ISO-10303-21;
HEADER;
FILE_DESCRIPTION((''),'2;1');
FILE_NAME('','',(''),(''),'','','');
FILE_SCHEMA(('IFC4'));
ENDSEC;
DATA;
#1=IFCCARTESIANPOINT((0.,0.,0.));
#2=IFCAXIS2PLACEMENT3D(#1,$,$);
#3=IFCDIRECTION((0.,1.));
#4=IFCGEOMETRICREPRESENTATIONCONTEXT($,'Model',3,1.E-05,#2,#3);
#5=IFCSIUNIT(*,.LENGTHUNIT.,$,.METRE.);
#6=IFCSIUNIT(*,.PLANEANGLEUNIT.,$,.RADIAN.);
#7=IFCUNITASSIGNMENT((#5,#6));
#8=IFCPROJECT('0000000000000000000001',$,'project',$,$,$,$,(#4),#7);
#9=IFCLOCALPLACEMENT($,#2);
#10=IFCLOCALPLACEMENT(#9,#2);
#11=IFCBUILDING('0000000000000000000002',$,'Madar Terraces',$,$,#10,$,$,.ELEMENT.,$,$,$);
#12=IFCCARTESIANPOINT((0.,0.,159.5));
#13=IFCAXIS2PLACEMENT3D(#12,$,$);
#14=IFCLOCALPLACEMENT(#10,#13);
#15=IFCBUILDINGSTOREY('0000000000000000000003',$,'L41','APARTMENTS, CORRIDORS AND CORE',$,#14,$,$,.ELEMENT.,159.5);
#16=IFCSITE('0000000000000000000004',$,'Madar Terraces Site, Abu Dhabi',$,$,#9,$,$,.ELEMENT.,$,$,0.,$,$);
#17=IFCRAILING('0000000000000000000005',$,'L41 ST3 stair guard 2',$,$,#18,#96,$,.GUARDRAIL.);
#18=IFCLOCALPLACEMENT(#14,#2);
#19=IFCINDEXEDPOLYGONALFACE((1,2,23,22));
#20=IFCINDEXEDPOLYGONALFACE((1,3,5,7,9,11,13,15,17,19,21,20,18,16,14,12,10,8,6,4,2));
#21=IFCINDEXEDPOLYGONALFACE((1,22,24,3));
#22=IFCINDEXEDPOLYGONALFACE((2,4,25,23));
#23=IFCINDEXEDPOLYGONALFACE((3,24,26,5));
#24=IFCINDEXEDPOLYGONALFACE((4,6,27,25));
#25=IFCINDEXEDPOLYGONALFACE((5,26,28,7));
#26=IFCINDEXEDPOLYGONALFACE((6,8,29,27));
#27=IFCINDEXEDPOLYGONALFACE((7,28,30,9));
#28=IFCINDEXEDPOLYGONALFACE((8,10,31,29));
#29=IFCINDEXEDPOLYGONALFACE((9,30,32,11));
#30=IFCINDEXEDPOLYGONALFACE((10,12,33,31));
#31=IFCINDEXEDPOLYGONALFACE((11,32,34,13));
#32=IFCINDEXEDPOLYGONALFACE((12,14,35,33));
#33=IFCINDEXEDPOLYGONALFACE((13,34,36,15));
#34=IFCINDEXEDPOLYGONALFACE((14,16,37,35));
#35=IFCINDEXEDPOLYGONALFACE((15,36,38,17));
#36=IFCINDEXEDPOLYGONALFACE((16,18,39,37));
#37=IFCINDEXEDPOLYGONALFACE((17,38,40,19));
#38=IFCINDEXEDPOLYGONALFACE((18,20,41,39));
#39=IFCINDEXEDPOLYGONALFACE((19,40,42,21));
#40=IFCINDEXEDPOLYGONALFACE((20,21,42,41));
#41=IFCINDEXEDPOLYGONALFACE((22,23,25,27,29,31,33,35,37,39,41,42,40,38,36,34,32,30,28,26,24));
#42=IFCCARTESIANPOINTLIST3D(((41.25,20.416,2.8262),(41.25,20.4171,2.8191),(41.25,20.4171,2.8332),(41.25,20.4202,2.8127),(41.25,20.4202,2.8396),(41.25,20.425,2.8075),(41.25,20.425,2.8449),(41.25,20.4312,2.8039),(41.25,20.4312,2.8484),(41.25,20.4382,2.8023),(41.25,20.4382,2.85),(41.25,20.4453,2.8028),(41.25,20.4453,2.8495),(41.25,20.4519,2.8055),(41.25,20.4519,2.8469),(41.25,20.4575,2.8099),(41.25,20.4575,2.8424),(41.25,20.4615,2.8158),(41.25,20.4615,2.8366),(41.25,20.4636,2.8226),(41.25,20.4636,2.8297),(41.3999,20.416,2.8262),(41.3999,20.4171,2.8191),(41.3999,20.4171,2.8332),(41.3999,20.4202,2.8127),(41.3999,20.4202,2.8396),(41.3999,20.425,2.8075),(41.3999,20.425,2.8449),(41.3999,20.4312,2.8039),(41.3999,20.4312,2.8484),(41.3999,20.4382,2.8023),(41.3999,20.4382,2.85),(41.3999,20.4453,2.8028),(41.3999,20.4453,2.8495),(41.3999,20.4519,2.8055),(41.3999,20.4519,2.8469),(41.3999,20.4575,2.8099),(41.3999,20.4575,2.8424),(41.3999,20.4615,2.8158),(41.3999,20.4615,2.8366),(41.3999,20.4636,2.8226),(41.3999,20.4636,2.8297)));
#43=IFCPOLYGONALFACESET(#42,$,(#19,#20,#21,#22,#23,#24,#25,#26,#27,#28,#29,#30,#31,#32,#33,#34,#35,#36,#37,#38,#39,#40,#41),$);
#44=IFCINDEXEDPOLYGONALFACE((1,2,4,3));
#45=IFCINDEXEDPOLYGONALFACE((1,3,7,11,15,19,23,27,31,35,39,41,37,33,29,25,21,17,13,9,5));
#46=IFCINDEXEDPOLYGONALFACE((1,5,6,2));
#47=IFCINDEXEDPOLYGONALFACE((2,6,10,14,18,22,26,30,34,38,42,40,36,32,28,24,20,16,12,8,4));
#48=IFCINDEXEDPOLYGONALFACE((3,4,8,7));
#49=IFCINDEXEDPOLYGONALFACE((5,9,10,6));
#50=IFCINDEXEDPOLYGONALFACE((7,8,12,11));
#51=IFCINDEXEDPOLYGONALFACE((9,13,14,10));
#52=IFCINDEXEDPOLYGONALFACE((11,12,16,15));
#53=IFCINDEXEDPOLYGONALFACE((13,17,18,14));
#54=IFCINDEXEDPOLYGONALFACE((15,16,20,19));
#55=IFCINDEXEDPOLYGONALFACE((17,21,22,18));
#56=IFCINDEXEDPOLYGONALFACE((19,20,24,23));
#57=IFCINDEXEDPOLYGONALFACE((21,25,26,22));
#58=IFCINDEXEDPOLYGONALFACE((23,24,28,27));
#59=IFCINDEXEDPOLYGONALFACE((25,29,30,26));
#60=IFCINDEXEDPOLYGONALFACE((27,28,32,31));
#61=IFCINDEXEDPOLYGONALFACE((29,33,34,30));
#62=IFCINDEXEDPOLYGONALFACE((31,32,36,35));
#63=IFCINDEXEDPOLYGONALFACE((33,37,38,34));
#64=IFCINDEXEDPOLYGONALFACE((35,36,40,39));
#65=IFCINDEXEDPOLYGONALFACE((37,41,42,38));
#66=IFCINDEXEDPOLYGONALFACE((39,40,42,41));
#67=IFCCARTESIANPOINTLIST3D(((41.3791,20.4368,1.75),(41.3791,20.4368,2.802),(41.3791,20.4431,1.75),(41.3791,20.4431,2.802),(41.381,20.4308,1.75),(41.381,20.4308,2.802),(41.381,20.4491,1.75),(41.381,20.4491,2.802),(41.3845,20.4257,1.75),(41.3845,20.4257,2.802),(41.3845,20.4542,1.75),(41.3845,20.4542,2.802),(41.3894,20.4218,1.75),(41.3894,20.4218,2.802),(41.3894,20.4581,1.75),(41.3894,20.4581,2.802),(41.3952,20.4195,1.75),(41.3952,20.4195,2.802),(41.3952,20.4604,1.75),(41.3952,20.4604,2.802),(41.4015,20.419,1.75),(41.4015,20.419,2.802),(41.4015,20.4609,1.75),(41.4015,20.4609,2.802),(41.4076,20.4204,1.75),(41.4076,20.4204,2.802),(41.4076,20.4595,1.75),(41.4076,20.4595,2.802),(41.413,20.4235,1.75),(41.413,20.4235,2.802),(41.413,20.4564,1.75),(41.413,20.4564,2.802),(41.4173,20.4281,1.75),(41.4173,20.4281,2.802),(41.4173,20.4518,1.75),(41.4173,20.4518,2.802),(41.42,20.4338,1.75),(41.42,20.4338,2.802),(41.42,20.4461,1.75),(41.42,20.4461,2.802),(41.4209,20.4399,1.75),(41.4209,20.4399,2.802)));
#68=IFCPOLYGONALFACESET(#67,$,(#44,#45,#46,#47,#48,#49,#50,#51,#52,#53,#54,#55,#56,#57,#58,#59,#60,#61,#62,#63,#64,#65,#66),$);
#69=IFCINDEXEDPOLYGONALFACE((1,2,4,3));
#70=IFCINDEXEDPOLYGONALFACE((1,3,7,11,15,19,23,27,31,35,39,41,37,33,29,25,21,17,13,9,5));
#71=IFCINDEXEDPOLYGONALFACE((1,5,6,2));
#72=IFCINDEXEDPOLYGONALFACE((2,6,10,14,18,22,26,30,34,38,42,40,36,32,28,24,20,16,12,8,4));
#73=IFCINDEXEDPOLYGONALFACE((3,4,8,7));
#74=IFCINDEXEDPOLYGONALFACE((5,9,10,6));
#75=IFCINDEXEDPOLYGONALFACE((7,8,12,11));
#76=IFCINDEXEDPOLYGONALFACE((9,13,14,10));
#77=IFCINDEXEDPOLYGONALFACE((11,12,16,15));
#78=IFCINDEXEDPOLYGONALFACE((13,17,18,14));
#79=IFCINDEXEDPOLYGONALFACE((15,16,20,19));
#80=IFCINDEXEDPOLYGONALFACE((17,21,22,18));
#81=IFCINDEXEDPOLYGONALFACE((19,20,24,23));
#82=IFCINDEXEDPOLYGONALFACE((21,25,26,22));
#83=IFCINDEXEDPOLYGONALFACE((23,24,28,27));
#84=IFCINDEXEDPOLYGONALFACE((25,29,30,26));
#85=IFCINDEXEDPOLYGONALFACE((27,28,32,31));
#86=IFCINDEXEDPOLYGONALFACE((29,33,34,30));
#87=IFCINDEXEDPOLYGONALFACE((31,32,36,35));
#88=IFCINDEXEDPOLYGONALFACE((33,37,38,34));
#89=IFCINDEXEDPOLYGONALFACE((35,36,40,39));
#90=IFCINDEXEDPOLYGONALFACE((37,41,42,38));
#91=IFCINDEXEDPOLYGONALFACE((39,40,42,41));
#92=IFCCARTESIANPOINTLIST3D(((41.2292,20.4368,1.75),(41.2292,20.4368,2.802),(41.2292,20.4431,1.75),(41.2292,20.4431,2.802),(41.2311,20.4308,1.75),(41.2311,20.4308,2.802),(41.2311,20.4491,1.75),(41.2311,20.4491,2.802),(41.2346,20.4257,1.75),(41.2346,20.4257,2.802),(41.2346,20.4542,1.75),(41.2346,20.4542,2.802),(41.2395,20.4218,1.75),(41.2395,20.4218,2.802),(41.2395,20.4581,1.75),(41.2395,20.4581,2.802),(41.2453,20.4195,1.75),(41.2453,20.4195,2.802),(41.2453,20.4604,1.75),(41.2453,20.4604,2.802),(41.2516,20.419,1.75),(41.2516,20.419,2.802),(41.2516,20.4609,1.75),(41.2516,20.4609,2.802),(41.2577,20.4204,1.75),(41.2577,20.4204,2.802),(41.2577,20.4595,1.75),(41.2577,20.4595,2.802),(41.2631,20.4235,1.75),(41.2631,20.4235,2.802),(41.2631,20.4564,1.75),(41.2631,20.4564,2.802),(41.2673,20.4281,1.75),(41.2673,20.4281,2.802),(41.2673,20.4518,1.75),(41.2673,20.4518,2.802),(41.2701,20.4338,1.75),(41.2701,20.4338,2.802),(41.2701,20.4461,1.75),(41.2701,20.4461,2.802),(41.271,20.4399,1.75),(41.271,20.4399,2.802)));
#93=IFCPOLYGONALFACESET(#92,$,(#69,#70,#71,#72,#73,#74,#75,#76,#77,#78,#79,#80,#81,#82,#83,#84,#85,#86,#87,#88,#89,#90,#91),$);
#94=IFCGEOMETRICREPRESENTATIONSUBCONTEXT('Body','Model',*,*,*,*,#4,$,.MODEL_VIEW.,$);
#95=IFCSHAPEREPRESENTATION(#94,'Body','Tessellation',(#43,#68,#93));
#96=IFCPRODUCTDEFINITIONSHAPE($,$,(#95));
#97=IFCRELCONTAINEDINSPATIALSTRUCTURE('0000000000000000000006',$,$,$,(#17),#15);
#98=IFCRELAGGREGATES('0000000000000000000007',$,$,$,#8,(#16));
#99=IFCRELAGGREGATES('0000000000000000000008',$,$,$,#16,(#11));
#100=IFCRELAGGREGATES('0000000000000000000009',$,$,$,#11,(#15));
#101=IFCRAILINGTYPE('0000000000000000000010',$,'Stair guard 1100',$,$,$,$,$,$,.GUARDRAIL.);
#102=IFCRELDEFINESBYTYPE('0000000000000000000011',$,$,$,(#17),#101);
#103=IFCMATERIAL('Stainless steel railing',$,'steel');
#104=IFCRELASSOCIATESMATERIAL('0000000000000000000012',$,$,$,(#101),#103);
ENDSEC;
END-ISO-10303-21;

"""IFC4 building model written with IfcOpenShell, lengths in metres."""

from ifc_helpers import new_model, si_unit, direction, frame, origin, origin_2d, place, context, subcontext, project, spatial, circle, extrude, material, type_object, element, save


model = new_model("IFC4")

# Units and contexts
model_context = context("Model", 3, precision=1e-05, world=origin(), true_north=direction((0.0, 1.0)))
body_context = subcontext(model_context, "Body", "Model", "MODEL_VIEW")
ifc_project = project(units=[si_unit("LENGTHUNIT", "METRE"), si_unit("PLANEANGLEUNIT", "RADIAN")], contexts=[model_context])

# Site, building, storey
site_placement = place(None, origin())
site = spatial("IfcSite", under=ifc_project, at=site_placement, Name="Madar Terraces Site, Abu Dhabi", CompositionType="ELEMENT", RefElevation=0.0)
building_placement = place(site_placement, origin())
building = spatial("IfcBuilding", under=site, at=building_placement, Name="Madar Terraces", CompositionType="ELEMENT")
storey_placement = place(building_placement, frame((0.0, 0.0, 159.5)))
storey = spatial("IfcBuildingStorey", under=building, at=storey_placement, Name="L41", Description="APARTMENTS, CORRIDORS AND CORE", CompositionType="ELEMENT", Elevation=159.5)

# Railing
ifc_material_1 = material(Name="Stainless steel railing", Category="steel")
railing_type_1 = type_object("IfcRailingType", Name="Stair guard 1100", PredefinedType="GUARDRAIL", material=ifc_material_1)
railing_1_placement = place(storey_placement, frame((41.3999, 20.4399, 1.75)))
element("IfcRailing", 1, at=railing_1_placement, inside=storey, type_object=railing_type_1, Name="L41 ST3 stair guard 2", PredefinedType="GUARDRAIL", context=body_context, shape_type="SweptSolid", body=[
    extrude(circle(Radius=0.0239, at=origin_2d()), frame((0.0, 0.0, 1.0762), z_axis=(-1.0, 0.0, 0.0), x_axis=(0.0, -1.0, 0.0)), (0.0, 0.0, 1.0), 0.1499),
    extrude(circle(Radius=0.021, at=origin_2d()), origin(), (0.0, 0.0, 1.0), 1.052),
    extrude(circle(Radius=0.021, at=origin_2d()), frame((-0.1499, 0.0, 0.0)), (0.0, 0.0, 1.0), 1.052),
])

save(model, "model.ifc")
